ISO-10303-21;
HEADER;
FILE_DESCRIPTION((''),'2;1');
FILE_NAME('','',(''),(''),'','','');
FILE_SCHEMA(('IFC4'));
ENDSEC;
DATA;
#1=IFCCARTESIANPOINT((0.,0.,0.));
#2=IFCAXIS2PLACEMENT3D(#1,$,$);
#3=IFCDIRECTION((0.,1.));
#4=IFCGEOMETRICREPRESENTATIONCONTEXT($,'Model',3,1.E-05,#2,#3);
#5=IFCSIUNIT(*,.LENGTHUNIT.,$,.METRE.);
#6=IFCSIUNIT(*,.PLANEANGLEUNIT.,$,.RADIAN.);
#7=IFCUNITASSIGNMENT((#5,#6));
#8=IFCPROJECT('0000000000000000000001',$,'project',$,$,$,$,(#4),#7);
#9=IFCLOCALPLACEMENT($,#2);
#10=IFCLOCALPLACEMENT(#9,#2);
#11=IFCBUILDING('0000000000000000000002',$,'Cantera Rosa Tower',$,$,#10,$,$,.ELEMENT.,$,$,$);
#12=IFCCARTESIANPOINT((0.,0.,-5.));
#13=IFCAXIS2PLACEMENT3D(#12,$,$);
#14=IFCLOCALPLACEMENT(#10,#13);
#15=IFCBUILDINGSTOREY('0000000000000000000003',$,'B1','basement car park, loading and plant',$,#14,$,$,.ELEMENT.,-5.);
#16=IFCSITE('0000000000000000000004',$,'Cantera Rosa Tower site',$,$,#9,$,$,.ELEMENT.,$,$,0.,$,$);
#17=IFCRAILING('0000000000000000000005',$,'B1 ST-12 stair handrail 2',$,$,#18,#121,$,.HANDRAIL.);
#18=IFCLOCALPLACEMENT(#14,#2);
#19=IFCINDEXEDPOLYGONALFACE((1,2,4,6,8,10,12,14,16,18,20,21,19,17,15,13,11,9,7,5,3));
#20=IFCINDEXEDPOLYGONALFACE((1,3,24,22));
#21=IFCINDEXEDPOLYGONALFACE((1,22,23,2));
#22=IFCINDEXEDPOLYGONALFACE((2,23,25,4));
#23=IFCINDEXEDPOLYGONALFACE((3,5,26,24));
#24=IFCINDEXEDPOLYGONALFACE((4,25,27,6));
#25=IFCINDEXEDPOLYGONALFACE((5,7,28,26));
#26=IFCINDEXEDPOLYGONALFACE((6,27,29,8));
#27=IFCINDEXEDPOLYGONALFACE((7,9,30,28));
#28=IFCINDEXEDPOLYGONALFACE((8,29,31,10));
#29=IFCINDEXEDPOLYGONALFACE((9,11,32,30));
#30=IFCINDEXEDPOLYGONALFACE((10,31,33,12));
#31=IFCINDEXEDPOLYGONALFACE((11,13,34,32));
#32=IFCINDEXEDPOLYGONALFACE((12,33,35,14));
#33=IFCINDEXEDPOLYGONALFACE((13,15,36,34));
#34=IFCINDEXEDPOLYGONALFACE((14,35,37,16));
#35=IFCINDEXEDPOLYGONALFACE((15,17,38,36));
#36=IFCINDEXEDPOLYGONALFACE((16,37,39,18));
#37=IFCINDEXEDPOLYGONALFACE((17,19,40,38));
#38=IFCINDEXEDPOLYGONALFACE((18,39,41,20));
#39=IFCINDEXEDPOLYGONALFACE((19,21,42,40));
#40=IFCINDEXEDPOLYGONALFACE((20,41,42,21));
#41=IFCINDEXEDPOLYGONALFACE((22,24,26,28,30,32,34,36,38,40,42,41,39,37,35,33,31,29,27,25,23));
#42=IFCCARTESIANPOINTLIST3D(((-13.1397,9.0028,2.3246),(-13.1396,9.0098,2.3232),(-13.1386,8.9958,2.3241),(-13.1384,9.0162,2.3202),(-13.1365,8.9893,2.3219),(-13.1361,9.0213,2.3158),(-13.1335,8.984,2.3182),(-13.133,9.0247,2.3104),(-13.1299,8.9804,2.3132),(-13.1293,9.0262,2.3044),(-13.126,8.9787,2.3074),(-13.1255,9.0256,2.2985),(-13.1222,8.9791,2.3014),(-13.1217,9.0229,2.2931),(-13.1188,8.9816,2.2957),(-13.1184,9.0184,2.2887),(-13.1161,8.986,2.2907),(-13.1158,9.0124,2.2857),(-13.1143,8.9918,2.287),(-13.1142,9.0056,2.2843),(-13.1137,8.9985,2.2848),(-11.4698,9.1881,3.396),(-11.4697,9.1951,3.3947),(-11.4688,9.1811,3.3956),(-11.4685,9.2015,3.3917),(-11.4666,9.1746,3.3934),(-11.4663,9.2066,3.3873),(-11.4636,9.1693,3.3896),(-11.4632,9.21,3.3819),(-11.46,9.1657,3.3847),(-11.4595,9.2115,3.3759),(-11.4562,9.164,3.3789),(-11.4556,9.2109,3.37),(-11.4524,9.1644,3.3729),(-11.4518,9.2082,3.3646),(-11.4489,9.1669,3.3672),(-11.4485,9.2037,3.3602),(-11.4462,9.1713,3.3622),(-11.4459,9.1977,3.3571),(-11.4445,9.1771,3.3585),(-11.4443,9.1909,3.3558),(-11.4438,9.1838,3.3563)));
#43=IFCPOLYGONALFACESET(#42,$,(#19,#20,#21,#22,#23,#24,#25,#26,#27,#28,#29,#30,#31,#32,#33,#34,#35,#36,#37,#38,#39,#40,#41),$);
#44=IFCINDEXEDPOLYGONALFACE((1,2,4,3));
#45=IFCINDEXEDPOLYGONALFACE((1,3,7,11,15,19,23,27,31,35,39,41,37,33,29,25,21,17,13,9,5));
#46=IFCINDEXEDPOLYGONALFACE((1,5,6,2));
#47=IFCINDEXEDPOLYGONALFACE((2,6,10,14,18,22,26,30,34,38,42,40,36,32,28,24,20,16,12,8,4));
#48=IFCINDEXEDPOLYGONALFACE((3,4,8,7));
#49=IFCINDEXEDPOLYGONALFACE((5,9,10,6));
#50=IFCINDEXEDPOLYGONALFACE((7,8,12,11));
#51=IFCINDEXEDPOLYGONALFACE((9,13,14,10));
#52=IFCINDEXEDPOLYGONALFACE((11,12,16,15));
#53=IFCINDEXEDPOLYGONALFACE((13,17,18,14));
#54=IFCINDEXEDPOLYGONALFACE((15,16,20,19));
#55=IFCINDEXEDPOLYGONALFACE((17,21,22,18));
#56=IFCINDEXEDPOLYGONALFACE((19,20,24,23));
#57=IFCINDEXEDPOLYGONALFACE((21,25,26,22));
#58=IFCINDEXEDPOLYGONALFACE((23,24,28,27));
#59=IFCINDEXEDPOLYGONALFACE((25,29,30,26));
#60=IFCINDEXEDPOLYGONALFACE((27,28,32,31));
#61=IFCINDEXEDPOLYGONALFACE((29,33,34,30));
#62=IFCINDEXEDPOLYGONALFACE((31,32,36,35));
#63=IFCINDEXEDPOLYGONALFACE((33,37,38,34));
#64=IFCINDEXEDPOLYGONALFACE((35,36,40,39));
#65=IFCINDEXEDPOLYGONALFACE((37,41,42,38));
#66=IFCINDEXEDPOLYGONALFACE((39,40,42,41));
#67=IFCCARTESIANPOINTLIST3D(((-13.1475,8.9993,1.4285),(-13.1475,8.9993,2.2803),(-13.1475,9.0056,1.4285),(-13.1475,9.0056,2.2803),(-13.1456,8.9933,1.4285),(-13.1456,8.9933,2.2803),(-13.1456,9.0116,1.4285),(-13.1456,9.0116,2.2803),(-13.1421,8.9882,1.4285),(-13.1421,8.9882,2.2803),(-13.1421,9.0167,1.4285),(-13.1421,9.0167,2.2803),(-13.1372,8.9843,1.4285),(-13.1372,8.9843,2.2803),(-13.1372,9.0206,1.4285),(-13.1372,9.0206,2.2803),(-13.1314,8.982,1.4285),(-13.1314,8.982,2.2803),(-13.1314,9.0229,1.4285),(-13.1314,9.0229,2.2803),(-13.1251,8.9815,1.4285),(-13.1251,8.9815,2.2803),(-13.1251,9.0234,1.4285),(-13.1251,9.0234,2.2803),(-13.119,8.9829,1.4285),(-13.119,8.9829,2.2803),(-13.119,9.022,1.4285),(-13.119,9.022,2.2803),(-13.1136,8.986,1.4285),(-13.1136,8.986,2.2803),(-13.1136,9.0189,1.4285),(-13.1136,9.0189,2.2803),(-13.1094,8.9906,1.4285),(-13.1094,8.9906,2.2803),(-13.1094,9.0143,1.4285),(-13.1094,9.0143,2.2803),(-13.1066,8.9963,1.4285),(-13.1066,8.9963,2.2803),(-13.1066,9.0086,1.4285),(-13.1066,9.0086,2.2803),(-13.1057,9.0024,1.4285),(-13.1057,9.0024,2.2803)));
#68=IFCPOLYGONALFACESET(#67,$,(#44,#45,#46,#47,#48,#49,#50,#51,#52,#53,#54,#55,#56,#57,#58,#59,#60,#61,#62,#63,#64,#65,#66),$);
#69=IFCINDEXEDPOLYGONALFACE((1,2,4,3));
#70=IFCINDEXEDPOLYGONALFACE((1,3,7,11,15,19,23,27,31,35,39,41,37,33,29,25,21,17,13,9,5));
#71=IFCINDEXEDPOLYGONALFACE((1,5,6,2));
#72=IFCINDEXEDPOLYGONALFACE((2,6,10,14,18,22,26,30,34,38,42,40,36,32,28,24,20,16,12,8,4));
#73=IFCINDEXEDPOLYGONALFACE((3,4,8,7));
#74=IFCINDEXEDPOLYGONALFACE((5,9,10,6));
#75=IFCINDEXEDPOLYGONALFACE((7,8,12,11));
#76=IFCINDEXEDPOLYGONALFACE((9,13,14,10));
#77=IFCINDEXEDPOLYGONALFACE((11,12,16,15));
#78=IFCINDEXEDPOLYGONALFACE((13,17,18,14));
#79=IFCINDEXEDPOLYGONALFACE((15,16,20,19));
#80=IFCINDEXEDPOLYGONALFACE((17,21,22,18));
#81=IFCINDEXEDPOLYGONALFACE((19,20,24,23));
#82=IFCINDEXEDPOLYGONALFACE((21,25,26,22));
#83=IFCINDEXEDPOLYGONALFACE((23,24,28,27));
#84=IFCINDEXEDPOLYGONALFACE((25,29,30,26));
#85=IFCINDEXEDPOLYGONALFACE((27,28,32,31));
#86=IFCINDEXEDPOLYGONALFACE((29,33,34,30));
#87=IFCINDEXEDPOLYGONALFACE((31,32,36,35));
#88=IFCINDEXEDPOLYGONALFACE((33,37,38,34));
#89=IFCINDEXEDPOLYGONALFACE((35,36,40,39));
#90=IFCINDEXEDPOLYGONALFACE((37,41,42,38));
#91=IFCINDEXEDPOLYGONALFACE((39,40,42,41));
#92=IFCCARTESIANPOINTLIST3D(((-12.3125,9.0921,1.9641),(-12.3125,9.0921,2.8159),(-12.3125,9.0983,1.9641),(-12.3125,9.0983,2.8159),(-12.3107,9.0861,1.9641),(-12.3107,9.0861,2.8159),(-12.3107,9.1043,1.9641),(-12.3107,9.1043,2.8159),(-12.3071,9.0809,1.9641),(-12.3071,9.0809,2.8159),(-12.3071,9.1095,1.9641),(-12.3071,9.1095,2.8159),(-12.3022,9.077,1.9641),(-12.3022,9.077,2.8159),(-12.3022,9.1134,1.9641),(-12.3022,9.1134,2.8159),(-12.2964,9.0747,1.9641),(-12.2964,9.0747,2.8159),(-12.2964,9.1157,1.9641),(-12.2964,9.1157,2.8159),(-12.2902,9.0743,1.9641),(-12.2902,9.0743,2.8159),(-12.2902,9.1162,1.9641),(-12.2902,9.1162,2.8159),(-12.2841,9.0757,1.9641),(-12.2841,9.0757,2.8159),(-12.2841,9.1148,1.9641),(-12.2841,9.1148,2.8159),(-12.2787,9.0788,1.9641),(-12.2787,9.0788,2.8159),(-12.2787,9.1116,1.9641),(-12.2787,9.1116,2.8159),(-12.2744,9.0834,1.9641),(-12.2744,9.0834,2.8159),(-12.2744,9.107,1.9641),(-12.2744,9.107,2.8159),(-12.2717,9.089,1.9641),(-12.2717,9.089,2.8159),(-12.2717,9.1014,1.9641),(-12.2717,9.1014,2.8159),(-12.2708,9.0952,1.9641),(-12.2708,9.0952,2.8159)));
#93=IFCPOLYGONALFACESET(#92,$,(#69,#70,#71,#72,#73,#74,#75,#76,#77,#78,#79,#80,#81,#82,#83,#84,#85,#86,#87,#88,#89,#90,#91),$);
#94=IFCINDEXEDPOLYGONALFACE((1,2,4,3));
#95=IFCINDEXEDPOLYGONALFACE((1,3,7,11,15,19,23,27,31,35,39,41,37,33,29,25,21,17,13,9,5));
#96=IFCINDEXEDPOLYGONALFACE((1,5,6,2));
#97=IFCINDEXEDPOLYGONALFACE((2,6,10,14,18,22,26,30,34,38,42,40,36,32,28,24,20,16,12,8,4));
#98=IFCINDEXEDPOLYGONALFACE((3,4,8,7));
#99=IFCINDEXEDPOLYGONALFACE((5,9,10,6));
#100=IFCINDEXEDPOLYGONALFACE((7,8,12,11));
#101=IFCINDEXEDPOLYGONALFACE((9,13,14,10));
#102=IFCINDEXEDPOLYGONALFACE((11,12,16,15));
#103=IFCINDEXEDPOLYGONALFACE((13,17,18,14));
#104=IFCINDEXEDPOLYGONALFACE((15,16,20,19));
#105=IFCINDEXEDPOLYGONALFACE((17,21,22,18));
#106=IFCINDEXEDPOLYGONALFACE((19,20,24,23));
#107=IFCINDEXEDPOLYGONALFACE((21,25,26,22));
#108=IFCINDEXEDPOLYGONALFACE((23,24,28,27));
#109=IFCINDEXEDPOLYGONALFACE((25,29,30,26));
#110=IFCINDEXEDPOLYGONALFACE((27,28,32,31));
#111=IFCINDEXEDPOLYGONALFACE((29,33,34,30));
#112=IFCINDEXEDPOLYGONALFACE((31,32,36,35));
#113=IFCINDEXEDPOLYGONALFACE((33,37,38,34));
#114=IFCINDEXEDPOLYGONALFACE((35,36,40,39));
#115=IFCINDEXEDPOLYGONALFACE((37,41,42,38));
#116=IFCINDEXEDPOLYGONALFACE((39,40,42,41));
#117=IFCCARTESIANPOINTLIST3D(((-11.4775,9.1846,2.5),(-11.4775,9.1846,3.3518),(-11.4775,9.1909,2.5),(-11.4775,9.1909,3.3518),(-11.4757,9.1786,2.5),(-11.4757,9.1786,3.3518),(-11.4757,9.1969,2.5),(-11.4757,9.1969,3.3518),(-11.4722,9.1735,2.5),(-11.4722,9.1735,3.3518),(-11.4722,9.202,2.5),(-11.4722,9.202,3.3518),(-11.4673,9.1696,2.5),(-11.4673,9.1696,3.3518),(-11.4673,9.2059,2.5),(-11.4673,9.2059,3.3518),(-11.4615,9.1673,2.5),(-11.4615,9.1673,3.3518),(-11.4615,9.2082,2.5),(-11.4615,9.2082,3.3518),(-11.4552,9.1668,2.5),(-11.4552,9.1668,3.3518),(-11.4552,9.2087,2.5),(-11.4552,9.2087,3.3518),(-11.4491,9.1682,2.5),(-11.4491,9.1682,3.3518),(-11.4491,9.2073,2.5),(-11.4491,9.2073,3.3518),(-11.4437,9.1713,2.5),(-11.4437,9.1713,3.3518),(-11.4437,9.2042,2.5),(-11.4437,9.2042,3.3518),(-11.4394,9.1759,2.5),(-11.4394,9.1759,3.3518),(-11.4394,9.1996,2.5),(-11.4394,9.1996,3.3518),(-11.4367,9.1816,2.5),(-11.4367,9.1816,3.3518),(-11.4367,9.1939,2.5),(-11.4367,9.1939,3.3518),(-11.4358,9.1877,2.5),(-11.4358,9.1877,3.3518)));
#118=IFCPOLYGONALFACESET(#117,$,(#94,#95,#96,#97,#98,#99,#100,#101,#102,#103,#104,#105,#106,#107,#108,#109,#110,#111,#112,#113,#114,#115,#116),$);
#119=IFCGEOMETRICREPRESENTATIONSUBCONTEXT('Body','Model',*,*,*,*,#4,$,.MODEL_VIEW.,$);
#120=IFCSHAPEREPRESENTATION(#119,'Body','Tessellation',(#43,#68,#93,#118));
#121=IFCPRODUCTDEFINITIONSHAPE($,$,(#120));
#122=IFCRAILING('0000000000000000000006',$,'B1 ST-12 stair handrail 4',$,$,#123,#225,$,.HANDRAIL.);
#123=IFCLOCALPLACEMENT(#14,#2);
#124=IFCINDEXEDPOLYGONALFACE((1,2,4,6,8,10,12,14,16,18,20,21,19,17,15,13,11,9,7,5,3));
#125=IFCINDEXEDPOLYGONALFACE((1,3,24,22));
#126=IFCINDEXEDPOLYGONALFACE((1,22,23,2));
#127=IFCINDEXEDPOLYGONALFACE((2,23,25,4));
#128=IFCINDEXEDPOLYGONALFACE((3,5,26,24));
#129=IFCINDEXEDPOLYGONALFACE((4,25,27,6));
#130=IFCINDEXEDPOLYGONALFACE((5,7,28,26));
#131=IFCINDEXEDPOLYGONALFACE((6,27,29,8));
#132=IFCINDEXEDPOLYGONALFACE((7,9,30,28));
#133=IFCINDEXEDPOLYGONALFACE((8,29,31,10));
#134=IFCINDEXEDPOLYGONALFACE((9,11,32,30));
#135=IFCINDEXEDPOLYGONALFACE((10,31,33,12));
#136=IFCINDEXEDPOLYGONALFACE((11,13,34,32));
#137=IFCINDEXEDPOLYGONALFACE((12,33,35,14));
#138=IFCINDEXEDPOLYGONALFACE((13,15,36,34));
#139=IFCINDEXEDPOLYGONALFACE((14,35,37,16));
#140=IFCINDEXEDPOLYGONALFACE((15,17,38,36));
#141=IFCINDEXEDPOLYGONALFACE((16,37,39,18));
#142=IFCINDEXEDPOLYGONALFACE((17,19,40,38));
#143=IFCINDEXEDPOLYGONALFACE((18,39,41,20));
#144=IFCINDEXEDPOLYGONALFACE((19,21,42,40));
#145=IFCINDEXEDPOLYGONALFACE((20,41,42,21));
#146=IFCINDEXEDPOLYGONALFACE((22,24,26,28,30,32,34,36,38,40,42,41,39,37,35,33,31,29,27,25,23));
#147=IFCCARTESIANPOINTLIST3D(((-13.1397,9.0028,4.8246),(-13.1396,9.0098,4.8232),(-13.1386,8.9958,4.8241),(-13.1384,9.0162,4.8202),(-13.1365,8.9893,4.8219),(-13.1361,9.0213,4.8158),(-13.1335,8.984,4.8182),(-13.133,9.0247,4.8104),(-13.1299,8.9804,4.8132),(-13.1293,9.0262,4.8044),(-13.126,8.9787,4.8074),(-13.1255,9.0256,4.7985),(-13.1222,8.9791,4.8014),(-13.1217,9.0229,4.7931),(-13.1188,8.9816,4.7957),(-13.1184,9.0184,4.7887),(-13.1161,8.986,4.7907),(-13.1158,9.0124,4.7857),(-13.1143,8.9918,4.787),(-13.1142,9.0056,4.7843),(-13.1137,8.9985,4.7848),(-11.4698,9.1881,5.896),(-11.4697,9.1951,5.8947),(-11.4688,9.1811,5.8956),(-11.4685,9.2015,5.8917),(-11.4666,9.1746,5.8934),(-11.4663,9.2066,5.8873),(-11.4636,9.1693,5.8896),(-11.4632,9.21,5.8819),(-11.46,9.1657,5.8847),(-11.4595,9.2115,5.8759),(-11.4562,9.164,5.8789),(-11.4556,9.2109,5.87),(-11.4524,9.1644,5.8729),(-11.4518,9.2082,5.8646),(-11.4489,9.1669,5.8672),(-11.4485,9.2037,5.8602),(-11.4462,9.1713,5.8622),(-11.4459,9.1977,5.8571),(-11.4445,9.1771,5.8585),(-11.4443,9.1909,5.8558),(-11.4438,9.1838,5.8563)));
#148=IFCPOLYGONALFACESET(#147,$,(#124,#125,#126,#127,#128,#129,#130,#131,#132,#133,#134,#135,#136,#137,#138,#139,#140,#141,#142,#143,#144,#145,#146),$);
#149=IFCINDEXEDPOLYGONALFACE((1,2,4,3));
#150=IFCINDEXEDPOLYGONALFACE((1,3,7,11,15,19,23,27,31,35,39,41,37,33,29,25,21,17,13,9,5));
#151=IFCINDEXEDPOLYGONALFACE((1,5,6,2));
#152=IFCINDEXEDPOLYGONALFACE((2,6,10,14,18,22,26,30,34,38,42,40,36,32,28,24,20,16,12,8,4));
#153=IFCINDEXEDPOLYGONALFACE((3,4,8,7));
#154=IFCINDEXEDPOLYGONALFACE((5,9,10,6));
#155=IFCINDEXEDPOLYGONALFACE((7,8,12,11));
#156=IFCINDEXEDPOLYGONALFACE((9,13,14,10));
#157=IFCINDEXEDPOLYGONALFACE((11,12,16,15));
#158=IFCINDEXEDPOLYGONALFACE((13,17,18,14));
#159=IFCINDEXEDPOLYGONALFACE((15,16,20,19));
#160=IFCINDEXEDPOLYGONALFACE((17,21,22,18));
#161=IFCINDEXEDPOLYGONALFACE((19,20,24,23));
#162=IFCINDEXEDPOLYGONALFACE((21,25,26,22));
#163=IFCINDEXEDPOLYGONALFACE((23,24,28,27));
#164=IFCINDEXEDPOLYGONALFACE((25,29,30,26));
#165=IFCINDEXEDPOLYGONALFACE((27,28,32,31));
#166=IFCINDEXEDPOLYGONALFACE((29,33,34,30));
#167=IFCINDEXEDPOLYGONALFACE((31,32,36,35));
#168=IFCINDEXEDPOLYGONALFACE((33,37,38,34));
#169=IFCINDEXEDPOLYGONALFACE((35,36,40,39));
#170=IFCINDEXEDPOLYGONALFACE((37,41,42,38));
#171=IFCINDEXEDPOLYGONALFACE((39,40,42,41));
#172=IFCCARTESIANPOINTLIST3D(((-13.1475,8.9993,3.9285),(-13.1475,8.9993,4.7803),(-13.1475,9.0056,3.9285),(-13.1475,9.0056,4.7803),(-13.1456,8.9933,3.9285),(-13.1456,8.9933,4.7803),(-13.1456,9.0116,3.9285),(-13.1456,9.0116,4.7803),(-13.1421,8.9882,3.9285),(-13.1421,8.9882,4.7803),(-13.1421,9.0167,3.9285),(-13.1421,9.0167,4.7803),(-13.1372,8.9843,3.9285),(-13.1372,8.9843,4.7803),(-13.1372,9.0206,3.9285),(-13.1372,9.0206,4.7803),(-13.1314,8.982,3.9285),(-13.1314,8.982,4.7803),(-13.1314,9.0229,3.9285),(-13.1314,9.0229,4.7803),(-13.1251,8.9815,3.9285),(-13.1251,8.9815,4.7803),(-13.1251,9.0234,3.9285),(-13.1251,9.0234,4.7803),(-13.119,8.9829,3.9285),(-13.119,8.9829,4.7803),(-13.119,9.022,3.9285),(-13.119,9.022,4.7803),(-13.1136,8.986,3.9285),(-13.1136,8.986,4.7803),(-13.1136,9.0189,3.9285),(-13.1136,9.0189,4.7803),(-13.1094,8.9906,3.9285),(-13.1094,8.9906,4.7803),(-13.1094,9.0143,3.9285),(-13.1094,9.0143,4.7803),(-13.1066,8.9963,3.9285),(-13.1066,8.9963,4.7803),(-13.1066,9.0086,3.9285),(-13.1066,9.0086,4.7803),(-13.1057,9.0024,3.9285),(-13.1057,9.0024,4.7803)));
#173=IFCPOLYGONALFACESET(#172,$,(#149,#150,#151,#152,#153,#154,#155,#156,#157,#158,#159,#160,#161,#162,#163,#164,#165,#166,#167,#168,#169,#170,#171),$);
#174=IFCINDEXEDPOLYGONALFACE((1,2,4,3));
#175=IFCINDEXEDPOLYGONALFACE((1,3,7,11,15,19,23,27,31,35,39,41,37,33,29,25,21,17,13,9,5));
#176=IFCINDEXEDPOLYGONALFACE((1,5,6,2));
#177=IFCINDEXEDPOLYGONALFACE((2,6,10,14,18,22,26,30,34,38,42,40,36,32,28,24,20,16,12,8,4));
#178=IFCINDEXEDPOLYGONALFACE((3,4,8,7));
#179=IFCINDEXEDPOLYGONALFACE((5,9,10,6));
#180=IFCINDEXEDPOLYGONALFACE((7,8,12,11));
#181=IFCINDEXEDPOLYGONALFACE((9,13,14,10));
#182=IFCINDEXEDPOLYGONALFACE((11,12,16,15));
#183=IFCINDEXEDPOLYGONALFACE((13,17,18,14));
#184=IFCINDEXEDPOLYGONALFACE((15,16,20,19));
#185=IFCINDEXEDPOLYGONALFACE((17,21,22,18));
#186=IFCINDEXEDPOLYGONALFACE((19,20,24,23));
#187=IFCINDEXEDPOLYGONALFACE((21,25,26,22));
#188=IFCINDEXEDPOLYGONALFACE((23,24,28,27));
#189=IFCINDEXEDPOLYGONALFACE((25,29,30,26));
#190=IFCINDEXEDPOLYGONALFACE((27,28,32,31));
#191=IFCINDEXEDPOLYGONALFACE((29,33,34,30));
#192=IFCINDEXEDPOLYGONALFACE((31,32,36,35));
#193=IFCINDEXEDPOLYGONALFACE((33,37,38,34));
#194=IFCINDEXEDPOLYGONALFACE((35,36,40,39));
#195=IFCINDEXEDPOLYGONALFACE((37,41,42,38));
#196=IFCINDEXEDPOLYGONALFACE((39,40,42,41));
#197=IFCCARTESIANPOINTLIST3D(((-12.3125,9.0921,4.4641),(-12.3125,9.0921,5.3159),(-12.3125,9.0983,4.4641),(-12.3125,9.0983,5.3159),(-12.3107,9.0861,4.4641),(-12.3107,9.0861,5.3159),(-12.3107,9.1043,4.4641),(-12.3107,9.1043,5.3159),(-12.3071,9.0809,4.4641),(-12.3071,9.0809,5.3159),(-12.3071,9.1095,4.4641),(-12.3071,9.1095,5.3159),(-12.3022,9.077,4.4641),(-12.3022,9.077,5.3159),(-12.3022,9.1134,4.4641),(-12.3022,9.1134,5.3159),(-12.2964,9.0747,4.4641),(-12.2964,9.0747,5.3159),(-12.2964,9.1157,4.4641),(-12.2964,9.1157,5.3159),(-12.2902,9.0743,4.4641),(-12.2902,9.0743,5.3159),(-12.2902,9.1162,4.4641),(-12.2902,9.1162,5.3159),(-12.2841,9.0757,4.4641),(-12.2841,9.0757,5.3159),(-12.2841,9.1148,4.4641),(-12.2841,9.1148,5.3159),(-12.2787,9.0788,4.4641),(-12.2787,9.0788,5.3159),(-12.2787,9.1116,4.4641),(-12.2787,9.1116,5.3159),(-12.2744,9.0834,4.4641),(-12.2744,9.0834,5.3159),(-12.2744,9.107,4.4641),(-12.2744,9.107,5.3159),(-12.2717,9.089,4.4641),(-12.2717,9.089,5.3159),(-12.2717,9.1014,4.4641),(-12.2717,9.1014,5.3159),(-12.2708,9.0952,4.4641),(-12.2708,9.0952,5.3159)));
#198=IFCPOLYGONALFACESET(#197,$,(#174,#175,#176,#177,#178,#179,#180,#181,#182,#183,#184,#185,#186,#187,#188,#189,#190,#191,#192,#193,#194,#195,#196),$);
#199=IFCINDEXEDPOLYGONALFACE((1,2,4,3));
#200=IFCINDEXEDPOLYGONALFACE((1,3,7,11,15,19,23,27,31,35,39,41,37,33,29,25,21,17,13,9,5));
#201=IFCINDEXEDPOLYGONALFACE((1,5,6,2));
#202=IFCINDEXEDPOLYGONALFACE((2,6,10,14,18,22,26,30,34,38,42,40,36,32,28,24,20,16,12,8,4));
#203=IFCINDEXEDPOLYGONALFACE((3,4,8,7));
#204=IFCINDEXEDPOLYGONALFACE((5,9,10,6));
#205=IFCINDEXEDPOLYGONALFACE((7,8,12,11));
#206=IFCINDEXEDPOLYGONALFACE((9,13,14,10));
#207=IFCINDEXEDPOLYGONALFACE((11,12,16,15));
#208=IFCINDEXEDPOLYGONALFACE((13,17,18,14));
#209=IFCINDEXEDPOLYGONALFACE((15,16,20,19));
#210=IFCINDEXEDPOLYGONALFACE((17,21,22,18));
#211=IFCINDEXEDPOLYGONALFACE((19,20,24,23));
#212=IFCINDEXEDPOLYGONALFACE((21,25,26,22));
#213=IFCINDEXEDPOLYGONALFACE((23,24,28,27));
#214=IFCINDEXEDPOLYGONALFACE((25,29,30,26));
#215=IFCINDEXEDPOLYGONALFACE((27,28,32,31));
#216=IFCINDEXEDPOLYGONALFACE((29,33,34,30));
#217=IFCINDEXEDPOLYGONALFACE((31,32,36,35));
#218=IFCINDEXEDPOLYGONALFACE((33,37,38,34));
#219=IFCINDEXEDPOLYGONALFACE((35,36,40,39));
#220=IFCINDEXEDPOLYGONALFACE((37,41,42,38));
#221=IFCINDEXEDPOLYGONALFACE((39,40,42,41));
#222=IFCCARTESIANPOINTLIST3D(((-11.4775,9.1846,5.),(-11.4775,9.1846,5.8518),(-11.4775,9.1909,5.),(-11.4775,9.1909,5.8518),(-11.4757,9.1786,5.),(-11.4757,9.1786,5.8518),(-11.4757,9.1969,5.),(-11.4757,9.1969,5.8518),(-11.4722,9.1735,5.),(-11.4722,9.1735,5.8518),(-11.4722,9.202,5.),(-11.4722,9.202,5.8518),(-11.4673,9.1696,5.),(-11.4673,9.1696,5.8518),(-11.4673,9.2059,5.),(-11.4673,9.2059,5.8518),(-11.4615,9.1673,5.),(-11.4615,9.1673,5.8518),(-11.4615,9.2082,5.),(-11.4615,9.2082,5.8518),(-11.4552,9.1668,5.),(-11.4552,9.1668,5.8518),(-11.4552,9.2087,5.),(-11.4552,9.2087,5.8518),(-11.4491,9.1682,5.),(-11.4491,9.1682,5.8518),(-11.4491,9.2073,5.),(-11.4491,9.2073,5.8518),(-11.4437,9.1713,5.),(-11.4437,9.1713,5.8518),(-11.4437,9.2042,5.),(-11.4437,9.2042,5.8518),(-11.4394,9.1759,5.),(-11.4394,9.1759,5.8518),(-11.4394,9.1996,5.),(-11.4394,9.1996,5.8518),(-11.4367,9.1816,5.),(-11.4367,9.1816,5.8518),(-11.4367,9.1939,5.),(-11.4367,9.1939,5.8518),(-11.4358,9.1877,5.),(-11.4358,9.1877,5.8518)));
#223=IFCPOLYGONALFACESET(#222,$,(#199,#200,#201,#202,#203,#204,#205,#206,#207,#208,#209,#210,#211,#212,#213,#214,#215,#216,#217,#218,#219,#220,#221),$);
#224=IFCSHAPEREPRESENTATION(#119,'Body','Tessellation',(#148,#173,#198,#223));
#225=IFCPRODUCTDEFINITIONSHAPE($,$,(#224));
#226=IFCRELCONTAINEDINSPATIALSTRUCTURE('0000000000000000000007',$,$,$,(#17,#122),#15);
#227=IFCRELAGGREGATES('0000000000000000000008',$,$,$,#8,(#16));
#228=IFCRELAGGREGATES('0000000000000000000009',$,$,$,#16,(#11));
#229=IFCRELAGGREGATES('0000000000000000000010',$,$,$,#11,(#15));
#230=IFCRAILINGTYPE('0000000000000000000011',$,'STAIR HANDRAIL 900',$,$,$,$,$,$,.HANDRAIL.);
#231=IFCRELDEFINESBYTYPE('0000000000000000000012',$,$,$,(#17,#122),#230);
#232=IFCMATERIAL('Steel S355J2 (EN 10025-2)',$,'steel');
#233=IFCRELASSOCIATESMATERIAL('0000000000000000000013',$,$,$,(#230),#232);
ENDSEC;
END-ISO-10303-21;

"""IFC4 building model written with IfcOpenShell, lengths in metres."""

from ifc_helpers import new_model, si_unit, direction, frame, origin, origin_2d, place, context, subcontext, project, spatial, circle, extrude, material, type_object, element, save


model = new_model("IFC4")

# Units and contexts
model_context = context("Model", 3, precision=1e-05, world=origin(), true_north=direction((0.0, 1.0)))
body_context = subcontext(model_context, "Body", "Model", "MODEL_VIEW")
ifc_project = project(units=[si_unit("LENGTHUNIT", "METRE"), si_unit("PLANEANGLEUNIT", "RADIAN")], contexts=[model_context])

# Site, building, storey
site_placement = place(None, origin())
site = spatial("IfcSite", under=ifc_project, at=site_placement, Name="Cantera Rosa Tower site", CompositionType="ELEMENT", RefElevation=0.0)
building_placement = place(site_placement, origin())
building = spatial("IfcBuilding", under=site, at=building_placement, Name="Cantera Rosa Tower", CompositionType="ELEMENT")
storey_placement = place(building_placement, frame((0.0, 0.0, -5.0)))
storey = spatial("IfcBuildingStorey", under=building, at=storey_placement, Name="B1", Description="basement car park, loading and plant", CompositionType="ELEMENT", Elevation=-5.0)

# Railings
ifc_material_1 = material(Name="Steel S355J2 (EN 10025-2)", Category="steel")
railing_type_1 = type_object("IfcRailingType", Name="STAIR HANDRAIL 900", PredefinedType="HANDRAIL", material=ifc_material_1)
for number, where, name in (
    (1, (-13.1267, 9.0024, 1.4285), "B1 ST-12 stair handrail 2"),
    (2, (-13.1267, 9.0024, 3.9285), "B1 ST-12 stair handrail 4"),
):
    element("IfcRailing", number, at=place(storey_placement, frame(where)), inside=storey, type_object=railing_type_1, Name=name, PredefinedType="HANDRAIL", context=body_context, shape_type="SweptSolid", body=[
        extrude(circle(Radius=0.0239, at=origin_2d()), frame((0.0, 0.0, 0.876), z_axis=(0.837987, 0.092987, 0.537709), x_axis=(-0.110288, 0.9939, 0.0)), (0.0, 0.0, 1.0), 1.9927),
        extrude(circle(Radius=0.021, at=origin_2d()), origin(), (0.0, 0.0, 1.0), 0.8518),
        extrude(circle(Radius=0.021, at=origin_2d()), frame((0.835, 0.0928, 0.5356)), (0.0, 0.0, 1.0), 0.8518),
        extrude(circle(Radius=0.021, at=origin_2d()), frame((1.6699, 0.1853, 1.0715)), (0.0, 0.0, 1.0), 0.8518),
    ])

save(model, "model.ifc")
